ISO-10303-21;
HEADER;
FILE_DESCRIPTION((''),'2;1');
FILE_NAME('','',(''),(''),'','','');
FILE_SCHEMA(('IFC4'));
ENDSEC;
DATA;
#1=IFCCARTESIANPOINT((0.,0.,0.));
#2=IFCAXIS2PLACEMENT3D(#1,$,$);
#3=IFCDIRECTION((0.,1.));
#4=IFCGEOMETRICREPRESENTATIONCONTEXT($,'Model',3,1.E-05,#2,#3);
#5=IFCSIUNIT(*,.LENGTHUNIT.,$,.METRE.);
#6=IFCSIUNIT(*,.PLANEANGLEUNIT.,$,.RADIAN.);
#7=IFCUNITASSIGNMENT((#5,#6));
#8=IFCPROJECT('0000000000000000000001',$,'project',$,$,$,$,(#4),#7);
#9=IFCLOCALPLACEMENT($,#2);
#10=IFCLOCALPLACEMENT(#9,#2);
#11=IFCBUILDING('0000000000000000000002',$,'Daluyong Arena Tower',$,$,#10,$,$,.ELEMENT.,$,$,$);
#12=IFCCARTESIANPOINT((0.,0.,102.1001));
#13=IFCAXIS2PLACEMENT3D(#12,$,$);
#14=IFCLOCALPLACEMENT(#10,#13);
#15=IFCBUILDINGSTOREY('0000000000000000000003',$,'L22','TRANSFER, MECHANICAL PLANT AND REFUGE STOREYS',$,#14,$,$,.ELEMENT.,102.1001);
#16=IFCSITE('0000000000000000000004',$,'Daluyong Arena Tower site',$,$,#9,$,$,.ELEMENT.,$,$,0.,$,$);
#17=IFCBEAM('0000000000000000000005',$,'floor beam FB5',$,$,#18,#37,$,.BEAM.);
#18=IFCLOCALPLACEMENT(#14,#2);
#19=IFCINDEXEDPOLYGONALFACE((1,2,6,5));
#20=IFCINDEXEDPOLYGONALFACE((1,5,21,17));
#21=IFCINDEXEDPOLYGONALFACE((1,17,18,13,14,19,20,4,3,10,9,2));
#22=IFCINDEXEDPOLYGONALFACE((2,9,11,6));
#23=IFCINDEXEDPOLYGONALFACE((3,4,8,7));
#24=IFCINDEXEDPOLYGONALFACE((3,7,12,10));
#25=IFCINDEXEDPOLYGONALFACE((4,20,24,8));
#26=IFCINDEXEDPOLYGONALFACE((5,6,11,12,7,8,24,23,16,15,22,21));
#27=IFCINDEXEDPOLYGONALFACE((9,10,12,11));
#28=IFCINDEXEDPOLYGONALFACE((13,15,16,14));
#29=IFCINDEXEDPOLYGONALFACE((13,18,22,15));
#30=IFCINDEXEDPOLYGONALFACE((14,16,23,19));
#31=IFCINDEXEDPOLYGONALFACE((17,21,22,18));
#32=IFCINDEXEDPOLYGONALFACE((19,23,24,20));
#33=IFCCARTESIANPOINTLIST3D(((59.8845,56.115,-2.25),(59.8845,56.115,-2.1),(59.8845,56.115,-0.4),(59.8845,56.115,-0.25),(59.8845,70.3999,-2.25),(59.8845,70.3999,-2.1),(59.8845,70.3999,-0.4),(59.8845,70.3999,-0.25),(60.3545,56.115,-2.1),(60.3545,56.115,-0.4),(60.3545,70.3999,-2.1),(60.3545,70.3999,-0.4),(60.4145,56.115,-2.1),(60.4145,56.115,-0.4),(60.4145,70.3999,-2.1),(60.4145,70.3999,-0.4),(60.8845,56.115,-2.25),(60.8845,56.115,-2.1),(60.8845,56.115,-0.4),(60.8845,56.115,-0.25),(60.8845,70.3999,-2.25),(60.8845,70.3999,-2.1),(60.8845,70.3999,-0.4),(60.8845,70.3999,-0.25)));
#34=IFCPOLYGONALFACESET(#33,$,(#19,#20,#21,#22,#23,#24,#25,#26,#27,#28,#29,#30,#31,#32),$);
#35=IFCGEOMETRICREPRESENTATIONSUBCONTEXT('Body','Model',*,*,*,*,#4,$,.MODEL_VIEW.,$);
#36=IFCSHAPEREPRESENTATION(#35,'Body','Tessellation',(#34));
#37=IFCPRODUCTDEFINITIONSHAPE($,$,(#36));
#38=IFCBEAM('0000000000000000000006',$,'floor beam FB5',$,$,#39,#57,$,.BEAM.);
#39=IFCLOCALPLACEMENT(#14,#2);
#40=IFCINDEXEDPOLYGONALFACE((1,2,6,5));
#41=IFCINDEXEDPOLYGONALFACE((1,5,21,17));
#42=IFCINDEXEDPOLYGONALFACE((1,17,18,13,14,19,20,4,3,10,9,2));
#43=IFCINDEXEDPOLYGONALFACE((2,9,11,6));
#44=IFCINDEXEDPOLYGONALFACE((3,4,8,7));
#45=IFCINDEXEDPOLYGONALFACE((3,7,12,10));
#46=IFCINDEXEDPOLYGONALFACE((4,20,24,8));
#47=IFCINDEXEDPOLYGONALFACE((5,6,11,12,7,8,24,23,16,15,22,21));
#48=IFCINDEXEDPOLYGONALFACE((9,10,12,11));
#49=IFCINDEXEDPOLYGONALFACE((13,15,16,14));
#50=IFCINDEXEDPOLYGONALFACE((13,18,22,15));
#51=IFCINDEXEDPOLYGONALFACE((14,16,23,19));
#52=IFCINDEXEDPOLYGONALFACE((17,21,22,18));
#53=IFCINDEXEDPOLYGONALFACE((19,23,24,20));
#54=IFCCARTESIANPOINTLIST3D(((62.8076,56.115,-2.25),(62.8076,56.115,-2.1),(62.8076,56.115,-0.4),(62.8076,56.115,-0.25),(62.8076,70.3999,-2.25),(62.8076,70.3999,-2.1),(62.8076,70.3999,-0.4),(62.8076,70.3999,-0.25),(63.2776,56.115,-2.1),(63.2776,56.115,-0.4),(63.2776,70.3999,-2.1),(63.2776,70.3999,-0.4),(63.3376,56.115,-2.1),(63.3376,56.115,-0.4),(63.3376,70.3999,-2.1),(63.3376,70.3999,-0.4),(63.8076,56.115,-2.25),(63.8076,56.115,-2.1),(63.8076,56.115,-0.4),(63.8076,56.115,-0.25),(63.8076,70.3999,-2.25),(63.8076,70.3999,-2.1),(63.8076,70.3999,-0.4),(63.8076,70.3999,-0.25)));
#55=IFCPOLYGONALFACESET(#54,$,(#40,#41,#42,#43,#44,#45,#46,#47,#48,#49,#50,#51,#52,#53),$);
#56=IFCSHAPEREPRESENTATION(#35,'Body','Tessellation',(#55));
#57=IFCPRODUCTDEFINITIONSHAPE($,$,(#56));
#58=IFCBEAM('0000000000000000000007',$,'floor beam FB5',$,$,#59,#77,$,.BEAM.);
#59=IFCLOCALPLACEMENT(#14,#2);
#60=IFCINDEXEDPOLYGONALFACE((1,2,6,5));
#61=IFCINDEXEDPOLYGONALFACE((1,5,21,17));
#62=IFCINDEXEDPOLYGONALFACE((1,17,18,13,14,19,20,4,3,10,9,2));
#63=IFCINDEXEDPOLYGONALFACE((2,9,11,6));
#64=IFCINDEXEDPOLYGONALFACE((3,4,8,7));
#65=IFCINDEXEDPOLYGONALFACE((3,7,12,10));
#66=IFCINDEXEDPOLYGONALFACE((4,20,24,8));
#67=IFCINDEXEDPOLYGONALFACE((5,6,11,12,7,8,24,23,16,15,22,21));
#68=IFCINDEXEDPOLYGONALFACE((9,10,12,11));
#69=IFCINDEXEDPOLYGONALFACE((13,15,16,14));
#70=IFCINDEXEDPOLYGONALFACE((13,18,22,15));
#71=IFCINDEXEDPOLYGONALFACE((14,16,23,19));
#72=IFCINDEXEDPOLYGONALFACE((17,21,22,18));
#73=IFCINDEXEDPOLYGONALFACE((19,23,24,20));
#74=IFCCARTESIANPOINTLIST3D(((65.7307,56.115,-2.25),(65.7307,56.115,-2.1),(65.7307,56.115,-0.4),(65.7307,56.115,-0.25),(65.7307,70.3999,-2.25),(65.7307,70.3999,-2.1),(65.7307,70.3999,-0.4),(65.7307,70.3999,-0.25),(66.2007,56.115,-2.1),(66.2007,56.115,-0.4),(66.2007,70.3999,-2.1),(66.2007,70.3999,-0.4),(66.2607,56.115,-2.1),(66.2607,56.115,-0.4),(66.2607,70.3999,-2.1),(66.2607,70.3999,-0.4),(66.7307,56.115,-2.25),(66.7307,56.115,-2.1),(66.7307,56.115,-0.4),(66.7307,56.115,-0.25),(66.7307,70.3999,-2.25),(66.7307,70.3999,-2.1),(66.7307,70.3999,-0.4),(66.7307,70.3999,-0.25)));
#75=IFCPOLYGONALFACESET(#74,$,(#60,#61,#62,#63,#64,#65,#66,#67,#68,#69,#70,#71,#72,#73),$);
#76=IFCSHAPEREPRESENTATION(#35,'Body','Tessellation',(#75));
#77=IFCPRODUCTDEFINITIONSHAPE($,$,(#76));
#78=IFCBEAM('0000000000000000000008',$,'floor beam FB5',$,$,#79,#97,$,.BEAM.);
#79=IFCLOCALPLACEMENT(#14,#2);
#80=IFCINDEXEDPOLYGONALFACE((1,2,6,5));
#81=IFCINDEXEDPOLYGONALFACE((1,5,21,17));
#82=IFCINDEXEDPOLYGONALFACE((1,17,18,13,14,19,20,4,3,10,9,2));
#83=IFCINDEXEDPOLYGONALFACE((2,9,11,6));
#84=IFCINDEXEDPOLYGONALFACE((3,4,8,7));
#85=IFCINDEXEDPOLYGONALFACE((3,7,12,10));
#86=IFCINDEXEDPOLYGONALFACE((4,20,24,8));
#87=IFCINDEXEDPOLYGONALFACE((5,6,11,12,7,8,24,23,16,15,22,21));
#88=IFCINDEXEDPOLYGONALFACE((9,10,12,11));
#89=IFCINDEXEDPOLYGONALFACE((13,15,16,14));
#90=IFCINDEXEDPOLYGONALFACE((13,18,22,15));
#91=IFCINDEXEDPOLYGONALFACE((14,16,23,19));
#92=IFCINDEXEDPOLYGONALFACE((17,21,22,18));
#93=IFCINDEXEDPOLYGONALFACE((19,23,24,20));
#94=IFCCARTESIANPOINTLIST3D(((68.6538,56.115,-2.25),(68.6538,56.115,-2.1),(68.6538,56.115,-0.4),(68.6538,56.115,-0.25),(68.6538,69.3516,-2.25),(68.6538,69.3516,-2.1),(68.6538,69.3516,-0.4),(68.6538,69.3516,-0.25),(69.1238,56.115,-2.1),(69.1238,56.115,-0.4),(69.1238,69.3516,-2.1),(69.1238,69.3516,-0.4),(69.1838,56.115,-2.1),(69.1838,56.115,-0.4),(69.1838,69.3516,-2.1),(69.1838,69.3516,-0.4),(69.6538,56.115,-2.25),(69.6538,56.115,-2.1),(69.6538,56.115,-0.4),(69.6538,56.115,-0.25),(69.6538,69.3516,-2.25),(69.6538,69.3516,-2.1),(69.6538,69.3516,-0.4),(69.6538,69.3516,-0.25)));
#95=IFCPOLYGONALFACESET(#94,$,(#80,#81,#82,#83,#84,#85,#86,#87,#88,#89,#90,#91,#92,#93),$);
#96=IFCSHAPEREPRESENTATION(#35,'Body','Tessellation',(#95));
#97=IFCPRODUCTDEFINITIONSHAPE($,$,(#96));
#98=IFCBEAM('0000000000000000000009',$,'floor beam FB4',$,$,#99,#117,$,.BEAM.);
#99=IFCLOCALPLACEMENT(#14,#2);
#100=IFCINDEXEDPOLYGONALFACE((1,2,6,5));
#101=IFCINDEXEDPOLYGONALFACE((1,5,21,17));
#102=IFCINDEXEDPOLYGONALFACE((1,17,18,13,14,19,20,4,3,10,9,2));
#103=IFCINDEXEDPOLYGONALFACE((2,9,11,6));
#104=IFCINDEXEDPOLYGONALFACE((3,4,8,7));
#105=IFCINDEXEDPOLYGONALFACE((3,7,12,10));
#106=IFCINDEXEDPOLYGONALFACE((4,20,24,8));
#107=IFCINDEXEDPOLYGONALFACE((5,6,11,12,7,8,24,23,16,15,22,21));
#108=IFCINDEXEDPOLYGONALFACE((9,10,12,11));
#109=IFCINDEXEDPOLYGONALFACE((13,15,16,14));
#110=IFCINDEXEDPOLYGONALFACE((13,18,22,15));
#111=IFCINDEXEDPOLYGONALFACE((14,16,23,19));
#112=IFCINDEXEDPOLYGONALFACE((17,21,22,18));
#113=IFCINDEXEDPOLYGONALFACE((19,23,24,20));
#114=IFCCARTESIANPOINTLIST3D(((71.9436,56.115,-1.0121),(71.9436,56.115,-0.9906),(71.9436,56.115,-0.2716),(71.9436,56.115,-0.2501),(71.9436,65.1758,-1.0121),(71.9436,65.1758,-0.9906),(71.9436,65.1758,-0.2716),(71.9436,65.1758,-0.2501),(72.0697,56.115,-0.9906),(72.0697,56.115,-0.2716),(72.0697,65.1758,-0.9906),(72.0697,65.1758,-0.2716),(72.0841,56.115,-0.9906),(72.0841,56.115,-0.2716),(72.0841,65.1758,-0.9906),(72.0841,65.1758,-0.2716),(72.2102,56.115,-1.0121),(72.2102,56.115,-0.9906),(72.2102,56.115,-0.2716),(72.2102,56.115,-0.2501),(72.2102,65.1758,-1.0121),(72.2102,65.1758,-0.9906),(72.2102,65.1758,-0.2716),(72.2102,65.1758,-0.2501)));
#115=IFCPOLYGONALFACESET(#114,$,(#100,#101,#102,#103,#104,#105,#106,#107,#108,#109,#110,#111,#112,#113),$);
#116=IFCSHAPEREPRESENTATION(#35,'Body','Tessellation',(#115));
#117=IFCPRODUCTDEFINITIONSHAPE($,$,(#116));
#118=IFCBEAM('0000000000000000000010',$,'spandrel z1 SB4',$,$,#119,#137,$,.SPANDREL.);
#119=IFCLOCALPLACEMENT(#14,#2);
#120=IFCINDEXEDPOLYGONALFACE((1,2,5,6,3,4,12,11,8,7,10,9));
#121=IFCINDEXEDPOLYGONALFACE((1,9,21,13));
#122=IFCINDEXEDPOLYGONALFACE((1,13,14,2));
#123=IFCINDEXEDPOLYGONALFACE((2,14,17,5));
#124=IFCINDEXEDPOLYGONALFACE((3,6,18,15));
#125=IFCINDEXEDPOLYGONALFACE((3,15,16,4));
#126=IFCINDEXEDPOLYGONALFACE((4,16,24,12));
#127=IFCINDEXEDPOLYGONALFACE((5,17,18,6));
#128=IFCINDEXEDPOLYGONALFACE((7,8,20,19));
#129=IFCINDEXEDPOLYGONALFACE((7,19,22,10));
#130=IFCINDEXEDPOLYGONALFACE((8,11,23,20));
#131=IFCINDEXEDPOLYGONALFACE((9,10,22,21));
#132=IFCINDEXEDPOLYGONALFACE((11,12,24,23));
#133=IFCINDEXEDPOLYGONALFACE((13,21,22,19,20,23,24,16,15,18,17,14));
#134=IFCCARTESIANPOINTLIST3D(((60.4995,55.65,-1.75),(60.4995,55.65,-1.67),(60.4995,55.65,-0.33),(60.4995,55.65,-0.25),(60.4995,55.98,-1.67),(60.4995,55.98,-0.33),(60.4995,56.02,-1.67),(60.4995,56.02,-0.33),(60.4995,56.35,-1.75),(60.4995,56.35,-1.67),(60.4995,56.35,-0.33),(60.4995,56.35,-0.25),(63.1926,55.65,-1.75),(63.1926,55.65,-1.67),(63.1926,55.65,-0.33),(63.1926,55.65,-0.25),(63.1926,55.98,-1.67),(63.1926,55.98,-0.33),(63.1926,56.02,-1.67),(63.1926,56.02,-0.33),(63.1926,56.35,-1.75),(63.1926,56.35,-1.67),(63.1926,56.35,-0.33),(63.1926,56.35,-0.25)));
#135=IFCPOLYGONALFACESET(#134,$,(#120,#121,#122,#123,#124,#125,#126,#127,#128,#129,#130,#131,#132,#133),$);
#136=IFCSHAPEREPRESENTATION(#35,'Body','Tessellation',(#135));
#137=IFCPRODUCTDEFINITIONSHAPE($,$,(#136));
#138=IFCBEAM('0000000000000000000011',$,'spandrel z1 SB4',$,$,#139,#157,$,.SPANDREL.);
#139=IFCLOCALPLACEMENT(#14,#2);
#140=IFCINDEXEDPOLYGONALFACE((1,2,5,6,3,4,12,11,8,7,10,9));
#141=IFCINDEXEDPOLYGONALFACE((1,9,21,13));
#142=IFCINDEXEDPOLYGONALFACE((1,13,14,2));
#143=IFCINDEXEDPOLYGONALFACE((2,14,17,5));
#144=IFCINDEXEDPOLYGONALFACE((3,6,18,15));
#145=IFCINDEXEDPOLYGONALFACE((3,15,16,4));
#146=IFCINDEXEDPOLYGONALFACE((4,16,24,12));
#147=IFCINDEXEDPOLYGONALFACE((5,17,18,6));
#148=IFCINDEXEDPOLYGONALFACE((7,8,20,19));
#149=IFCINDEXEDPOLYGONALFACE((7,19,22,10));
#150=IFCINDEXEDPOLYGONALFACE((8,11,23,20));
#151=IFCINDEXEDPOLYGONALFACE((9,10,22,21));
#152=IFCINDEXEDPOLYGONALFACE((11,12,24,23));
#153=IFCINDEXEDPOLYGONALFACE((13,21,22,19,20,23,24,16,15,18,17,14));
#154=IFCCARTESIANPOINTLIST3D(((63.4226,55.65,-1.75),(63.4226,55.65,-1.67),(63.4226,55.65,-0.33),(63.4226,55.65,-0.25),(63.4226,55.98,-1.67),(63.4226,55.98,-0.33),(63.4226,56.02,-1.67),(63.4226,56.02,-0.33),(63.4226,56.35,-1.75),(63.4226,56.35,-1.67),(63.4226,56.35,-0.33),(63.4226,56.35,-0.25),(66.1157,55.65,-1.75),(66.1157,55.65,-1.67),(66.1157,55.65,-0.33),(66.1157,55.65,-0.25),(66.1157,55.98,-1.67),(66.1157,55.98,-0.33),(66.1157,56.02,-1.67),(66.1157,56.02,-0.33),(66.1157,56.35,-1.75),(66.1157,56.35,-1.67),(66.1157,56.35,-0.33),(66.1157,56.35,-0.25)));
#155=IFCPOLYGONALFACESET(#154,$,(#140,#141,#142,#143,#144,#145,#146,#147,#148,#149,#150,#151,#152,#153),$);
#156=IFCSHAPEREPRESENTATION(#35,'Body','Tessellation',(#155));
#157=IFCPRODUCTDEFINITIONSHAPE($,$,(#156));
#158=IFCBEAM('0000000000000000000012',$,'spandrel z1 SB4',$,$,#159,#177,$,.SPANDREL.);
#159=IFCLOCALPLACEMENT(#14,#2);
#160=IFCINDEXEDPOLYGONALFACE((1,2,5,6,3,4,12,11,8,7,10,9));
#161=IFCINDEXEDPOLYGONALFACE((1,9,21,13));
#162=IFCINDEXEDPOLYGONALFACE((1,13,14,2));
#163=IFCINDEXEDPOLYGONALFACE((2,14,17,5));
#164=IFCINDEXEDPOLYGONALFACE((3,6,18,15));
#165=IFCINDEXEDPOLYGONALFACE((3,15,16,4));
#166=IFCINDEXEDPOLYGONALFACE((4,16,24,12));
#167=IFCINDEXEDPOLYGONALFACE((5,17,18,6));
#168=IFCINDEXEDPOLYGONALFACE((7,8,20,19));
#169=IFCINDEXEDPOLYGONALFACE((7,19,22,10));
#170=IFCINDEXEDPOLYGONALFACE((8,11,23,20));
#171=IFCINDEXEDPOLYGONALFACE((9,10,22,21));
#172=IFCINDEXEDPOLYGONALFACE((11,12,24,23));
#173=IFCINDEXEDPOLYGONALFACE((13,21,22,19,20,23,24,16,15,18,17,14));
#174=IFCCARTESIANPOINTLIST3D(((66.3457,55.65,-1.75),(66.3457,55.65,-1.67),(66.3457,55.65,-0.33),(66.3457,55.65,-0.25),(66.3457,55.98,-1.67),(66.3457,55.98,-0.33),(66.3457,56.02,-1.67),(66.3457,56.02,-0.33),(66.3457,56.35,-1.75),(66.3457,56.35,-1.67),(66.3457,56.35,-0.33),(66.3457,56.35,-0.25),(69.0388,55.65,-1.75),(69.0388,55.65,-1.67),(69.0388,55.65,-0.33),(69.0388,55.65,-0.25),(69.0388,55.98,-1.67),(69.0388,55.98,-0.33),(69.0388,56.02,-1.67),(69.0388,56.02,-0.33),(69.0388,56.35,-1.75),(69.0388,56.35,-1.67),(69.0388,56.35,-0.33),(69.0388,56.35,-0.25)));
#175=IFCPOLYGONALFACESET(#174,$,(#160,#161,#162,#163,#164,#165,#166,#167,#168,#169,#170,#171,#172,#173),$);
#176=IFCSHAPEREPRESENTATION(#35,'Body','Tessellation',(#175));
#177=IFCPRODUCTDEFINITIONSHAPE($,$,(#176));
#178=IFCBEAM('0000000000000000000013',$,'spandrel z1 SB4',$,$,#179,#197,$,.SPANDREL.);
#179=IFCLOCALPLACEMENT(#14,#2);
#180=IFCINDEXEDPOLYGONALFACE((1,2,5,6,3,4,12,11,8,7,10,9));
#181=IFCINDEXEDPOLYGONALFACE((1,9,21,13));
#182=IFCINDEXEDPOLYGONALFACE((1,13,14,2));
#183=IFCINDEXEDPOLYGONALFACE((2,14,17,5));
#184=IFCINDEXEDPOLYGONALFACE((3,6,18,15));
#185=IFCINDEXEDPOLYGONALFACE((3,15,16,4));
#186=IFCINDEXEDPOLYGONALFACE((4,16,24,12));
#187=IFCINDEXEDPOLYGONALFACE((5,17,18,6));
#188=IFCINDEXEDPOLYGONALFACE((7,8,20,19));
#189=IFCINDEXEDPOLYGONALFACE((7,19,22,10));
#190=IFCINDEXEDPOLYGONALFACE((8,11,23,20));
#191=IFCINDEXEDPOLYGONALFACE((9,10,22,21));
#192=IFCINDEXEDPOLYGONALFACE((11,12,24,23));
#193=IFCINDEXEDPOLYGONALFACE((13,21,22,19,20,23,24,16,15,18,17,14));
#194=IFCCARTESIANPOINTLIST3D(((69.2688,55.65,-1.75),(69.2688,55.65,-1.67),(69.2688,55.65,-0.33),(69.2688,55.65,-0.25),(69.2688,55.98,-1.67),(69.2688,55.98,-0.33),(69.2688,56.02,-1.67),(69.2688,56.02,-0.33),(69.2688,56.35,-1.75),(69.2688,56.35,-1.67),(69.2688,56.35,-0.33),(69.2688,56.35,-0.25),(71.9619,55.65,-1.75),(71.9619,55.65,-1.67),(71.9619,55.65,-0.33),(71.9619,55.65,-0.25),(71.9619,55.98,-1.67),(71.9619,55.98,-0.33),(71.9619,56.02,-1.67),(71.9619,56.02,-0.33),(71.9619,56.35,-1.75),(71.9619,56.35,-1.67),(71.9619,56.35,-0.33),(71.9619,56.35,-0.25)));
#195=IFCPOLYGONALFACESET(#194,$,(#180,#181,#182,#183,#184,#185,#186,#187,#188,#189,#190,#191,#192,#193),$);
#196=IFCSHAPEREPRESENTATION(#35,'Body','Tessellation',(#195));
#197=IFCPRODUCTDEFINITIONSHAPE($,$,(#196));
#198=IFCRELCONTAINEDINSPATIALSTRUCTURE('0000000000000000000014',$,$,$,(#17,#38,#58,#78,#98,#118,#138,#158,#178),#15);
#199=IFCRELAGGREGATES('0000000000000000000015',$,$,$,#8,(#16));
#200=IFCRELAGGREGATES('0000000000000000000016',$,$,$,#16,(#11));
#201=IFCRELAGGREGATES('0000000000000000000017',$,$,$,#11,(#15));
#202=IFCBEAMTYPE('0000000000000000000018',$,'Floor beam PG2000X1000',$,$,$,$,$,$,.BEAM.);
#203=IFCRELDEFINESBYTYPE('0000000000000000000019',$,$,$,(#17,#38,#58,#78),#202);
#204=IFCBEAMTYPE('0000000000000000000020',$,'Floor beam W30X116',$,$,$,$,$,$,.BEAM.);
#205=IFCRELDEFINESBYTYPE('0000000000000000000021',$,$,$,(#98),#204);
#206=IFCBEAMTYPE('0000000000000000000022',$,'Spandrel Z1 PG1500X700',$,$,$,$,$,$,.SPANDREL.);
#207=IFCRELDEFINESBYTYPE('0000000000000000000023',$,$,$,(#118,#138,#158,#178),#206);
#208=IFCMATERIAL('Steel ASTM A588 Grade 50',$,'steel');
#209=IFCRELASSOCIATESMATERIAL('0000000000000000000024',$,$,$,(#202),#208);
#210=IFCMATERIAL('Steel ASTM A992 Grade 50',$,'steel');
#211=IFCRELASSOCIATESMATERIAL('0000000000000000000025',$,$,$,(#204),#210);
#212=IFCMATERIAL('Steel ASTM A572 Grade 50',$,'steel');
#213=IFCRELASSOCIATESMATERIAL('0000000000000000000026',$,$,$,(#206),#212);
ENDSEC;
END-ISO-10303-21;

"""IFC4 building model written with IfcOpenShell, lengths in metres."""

from ifc_helpers import new_model, si_unit, direction, frame, origin, origin_2d, place, context, subcontext, project, spatial, i_section, extrude, material, material_profile, profile_set, type_object, element, save


model = new_model("IFC4")

# Units and contexts
model_context = context("Model", 3, precision=1e-05, world=origin(), true_north=direction((0.0, 1.0)))
body_context = subcontext(model_context, "Body", "Model", "MODEL_VIEW")
ifc_project = project(units=[si_unit("LENGTHUNIT", "METRE"), si_unit("PLANEANGLEUNIT", "RADIAN")], contexts=[model_context])

# Site, building, storey
site_placement = place(None, origin())
site = spatial("IfcSite", under=ifc_project, at=site_placement, Name="Daluyong Arena Tower site", CompositionType="ELEMENT", RefElevation=0.0)
building_placement = place(site_placement, origin())
building = spatial("IfcBuilding", under=site, at=building_placement, Name="Daluyong Arena Tower", CompositionType="ELEMENT")
storey_placement = place(building_placement, frame((0.0, 0.0, 102.1001)))
storey = spatial("IfcBuildingStorey", under=building, at=storey_placement, Name="L22", Description="TRANSFER, MECHANICAL PLANT AND REFUGE STOREYS", CompositionType="ELEMENT", Elevation=102.1001)

# Beams
ifc_material_1 = material(Name="Steel ASTM A588 Grade 50", Category="steel")
ifc_material_profile_1 = material_profile(ifc_material_1, i_section(OverallWidth=1.0, OverallDepth=2.0, WebThickness=0.06, FlangeThickness=0.15, at=origin_2d()))
ifc_profile_set_1 = profile_set([ifc_material_profile_1], Name="Steel ASTM A588 Grade 50")
beam_type_1 = type_object("IfcBeamType", Name="Floor beam PG2000X1000", PredefinedType="BEAM", material=ifc_profile_set_1)
for number, where, z_axis, x_axis, name in (
    (1, (60.3845, 56.115, -1.25), (0.0, 1.0, 0.0), (-1.0, 0.0, 0.0), "floor beam FB5"),
    (2, (63.3076, 56.115, -1.25), (0.0, 1.0, 0.0), (-1.0, 0.0, 0.0), "floor beam FB5"),
    (3, (66.2307, 56.115, -1.25), (0.0, 1.0, 0.0), (-1.0, 0.0, 0.0), "floor beam FB5"),
):
    element("IfcBeam", number, at=place(storey_placement, frame(where, z_axis=z_axis, x_axis=x_axis)), inside=storey, type_object=beam_type_1, Name=name, PredefinedType="BEAM", context=body_context, shape_type="SweptSolid", body=[
        extrude(i_section(OverallWidth=1.0, OverallDepth=2.0, WebThickness=0.06, FlangeThickness=0.15, at=origin_2d()), origin(), (0.0, 0.0, 1.0), 14.2849),
    ])
beam_1_placement = place(storey_placement, frame((69.1538, 56.115, -1.25), z_axis=(0.0, 1.0, 0.0), x_axis=(-1.0, 0.0, 0.0)))
element("IfcBeam", 4, at=beam_1_placement, inside=storey, type_object=beam_type_1, Name="floor beam FB5", PredefinedType="BEAM", context=body_context, shape_type="SweptSolid", body=[
    extrude(i_section(OverallWidth=1.0, OverallDepth=2.0, WebThickness=0.06, FlangeThickness=0.15, at=origin_2d()), origin(), (0.0, 0.0, 1.0), 13.2366),
])
ifc_material_2 = material(Name="Steel ASTM A992 Grade 50", Category="steel")
ifc_material_profile_2 = material_profile(ifc_material_2, i_section(OverallWidth=0.2666, OverallDepth=0.762, WebThickness=0.0144, FlangeThickness=0.0215, at=origin_2d()))
ifc_profile_set_2 = profile_set([ifc_material_profile_2], Name="Steel ASTM A992 Grade 50")
beam_type_2 = type_object("IfcBeamType", Name="Floor beam W30X116", PredefinedType="BEAM", material=ifc_profile_set_2)
beam_2_placement = place(storey_placement, frame((72.0769, 56.115, -0.6311), z_axis=(0.0, 1.0, 0.0), x_axis=(-1.0, 0.0, 0.0)))
element("IfcBeam", 5, at=beam_2_placement, inside=storey, type_object=beam_type_2, Name="floor beam FB4", PredefinedType="BEAM", context=body_context, shape_type="SweptSolid", body=[
    extrude(i_section(OverallWidth=0.2666, OverallDepth=0.762, WebThickness=0.0144, FlangeThickness=0.0215, at=origin_2d()), origin(), (0.0, 0.0, 1.0), 9.0608),
])
ifc_material_3 = material(Name="Steel ASTM A572 Grade 50", Category="steel")
ifc_material_profile_3 = material_profile(ifc_material_3, i_section(OverallWidth=0.7, OverallDepth=1.5, WebThickness=0.04, FlangeThickness=0.08, at=origin_2d()))
ifc_profile_set_3 = profile_set([ifc_material_profile_3], Name="Steel ASTM A572 Grade 50")
beam_type_3 = type_object("IfcBeamType", Name="Spandrel Z1 PG1500X700", PredefinedType="SPANDREL", material=ifc_profile_set_3)
for number, where, z_axis, x_axis, name in (
    (6, (60.4995, 56.0, -1.0), (1.0, 0.0, 0.0), (0.0, 1.0, 0.0), "spandrel z1 SB4"),
    (7, (63.4226, 56.0, -1.0), (1.0, 0.0, 0.0), (0.0, 1.0, 0.0), "spandrel z1 SB4"),
    (8, (66.3457, 56.0, -1.0), (1.0, 0.0, 0.0), (0.0, 1.0, 0.0), "spandrel z1 SB4"),
    (9, (69.2688, 56.0, -1.0), (1.0, 0.0, 0.0), (0.0, 1.0, 0.0), "spandrel z1 SB4"),
):
    element("IfcBeam", number, at=place(storey_placement, frame(where, z_axis=z_axis, x_axis=x_axis)), inside=storey, type_object=beam_type_3, Name=name, PredefinedType="SPANDREL", context=body_context, shape_type="SweptSolid", body=[
        extrude(i_section(OverallWidth=0.7, OverallDepth=1.5, WebThickness=0.04, FlangeThickness=0.08, at=origin_2d()), origin(), (0.0, 0.0, 1.0), 2.6931),
    ])

save(model, "model.ifc")
